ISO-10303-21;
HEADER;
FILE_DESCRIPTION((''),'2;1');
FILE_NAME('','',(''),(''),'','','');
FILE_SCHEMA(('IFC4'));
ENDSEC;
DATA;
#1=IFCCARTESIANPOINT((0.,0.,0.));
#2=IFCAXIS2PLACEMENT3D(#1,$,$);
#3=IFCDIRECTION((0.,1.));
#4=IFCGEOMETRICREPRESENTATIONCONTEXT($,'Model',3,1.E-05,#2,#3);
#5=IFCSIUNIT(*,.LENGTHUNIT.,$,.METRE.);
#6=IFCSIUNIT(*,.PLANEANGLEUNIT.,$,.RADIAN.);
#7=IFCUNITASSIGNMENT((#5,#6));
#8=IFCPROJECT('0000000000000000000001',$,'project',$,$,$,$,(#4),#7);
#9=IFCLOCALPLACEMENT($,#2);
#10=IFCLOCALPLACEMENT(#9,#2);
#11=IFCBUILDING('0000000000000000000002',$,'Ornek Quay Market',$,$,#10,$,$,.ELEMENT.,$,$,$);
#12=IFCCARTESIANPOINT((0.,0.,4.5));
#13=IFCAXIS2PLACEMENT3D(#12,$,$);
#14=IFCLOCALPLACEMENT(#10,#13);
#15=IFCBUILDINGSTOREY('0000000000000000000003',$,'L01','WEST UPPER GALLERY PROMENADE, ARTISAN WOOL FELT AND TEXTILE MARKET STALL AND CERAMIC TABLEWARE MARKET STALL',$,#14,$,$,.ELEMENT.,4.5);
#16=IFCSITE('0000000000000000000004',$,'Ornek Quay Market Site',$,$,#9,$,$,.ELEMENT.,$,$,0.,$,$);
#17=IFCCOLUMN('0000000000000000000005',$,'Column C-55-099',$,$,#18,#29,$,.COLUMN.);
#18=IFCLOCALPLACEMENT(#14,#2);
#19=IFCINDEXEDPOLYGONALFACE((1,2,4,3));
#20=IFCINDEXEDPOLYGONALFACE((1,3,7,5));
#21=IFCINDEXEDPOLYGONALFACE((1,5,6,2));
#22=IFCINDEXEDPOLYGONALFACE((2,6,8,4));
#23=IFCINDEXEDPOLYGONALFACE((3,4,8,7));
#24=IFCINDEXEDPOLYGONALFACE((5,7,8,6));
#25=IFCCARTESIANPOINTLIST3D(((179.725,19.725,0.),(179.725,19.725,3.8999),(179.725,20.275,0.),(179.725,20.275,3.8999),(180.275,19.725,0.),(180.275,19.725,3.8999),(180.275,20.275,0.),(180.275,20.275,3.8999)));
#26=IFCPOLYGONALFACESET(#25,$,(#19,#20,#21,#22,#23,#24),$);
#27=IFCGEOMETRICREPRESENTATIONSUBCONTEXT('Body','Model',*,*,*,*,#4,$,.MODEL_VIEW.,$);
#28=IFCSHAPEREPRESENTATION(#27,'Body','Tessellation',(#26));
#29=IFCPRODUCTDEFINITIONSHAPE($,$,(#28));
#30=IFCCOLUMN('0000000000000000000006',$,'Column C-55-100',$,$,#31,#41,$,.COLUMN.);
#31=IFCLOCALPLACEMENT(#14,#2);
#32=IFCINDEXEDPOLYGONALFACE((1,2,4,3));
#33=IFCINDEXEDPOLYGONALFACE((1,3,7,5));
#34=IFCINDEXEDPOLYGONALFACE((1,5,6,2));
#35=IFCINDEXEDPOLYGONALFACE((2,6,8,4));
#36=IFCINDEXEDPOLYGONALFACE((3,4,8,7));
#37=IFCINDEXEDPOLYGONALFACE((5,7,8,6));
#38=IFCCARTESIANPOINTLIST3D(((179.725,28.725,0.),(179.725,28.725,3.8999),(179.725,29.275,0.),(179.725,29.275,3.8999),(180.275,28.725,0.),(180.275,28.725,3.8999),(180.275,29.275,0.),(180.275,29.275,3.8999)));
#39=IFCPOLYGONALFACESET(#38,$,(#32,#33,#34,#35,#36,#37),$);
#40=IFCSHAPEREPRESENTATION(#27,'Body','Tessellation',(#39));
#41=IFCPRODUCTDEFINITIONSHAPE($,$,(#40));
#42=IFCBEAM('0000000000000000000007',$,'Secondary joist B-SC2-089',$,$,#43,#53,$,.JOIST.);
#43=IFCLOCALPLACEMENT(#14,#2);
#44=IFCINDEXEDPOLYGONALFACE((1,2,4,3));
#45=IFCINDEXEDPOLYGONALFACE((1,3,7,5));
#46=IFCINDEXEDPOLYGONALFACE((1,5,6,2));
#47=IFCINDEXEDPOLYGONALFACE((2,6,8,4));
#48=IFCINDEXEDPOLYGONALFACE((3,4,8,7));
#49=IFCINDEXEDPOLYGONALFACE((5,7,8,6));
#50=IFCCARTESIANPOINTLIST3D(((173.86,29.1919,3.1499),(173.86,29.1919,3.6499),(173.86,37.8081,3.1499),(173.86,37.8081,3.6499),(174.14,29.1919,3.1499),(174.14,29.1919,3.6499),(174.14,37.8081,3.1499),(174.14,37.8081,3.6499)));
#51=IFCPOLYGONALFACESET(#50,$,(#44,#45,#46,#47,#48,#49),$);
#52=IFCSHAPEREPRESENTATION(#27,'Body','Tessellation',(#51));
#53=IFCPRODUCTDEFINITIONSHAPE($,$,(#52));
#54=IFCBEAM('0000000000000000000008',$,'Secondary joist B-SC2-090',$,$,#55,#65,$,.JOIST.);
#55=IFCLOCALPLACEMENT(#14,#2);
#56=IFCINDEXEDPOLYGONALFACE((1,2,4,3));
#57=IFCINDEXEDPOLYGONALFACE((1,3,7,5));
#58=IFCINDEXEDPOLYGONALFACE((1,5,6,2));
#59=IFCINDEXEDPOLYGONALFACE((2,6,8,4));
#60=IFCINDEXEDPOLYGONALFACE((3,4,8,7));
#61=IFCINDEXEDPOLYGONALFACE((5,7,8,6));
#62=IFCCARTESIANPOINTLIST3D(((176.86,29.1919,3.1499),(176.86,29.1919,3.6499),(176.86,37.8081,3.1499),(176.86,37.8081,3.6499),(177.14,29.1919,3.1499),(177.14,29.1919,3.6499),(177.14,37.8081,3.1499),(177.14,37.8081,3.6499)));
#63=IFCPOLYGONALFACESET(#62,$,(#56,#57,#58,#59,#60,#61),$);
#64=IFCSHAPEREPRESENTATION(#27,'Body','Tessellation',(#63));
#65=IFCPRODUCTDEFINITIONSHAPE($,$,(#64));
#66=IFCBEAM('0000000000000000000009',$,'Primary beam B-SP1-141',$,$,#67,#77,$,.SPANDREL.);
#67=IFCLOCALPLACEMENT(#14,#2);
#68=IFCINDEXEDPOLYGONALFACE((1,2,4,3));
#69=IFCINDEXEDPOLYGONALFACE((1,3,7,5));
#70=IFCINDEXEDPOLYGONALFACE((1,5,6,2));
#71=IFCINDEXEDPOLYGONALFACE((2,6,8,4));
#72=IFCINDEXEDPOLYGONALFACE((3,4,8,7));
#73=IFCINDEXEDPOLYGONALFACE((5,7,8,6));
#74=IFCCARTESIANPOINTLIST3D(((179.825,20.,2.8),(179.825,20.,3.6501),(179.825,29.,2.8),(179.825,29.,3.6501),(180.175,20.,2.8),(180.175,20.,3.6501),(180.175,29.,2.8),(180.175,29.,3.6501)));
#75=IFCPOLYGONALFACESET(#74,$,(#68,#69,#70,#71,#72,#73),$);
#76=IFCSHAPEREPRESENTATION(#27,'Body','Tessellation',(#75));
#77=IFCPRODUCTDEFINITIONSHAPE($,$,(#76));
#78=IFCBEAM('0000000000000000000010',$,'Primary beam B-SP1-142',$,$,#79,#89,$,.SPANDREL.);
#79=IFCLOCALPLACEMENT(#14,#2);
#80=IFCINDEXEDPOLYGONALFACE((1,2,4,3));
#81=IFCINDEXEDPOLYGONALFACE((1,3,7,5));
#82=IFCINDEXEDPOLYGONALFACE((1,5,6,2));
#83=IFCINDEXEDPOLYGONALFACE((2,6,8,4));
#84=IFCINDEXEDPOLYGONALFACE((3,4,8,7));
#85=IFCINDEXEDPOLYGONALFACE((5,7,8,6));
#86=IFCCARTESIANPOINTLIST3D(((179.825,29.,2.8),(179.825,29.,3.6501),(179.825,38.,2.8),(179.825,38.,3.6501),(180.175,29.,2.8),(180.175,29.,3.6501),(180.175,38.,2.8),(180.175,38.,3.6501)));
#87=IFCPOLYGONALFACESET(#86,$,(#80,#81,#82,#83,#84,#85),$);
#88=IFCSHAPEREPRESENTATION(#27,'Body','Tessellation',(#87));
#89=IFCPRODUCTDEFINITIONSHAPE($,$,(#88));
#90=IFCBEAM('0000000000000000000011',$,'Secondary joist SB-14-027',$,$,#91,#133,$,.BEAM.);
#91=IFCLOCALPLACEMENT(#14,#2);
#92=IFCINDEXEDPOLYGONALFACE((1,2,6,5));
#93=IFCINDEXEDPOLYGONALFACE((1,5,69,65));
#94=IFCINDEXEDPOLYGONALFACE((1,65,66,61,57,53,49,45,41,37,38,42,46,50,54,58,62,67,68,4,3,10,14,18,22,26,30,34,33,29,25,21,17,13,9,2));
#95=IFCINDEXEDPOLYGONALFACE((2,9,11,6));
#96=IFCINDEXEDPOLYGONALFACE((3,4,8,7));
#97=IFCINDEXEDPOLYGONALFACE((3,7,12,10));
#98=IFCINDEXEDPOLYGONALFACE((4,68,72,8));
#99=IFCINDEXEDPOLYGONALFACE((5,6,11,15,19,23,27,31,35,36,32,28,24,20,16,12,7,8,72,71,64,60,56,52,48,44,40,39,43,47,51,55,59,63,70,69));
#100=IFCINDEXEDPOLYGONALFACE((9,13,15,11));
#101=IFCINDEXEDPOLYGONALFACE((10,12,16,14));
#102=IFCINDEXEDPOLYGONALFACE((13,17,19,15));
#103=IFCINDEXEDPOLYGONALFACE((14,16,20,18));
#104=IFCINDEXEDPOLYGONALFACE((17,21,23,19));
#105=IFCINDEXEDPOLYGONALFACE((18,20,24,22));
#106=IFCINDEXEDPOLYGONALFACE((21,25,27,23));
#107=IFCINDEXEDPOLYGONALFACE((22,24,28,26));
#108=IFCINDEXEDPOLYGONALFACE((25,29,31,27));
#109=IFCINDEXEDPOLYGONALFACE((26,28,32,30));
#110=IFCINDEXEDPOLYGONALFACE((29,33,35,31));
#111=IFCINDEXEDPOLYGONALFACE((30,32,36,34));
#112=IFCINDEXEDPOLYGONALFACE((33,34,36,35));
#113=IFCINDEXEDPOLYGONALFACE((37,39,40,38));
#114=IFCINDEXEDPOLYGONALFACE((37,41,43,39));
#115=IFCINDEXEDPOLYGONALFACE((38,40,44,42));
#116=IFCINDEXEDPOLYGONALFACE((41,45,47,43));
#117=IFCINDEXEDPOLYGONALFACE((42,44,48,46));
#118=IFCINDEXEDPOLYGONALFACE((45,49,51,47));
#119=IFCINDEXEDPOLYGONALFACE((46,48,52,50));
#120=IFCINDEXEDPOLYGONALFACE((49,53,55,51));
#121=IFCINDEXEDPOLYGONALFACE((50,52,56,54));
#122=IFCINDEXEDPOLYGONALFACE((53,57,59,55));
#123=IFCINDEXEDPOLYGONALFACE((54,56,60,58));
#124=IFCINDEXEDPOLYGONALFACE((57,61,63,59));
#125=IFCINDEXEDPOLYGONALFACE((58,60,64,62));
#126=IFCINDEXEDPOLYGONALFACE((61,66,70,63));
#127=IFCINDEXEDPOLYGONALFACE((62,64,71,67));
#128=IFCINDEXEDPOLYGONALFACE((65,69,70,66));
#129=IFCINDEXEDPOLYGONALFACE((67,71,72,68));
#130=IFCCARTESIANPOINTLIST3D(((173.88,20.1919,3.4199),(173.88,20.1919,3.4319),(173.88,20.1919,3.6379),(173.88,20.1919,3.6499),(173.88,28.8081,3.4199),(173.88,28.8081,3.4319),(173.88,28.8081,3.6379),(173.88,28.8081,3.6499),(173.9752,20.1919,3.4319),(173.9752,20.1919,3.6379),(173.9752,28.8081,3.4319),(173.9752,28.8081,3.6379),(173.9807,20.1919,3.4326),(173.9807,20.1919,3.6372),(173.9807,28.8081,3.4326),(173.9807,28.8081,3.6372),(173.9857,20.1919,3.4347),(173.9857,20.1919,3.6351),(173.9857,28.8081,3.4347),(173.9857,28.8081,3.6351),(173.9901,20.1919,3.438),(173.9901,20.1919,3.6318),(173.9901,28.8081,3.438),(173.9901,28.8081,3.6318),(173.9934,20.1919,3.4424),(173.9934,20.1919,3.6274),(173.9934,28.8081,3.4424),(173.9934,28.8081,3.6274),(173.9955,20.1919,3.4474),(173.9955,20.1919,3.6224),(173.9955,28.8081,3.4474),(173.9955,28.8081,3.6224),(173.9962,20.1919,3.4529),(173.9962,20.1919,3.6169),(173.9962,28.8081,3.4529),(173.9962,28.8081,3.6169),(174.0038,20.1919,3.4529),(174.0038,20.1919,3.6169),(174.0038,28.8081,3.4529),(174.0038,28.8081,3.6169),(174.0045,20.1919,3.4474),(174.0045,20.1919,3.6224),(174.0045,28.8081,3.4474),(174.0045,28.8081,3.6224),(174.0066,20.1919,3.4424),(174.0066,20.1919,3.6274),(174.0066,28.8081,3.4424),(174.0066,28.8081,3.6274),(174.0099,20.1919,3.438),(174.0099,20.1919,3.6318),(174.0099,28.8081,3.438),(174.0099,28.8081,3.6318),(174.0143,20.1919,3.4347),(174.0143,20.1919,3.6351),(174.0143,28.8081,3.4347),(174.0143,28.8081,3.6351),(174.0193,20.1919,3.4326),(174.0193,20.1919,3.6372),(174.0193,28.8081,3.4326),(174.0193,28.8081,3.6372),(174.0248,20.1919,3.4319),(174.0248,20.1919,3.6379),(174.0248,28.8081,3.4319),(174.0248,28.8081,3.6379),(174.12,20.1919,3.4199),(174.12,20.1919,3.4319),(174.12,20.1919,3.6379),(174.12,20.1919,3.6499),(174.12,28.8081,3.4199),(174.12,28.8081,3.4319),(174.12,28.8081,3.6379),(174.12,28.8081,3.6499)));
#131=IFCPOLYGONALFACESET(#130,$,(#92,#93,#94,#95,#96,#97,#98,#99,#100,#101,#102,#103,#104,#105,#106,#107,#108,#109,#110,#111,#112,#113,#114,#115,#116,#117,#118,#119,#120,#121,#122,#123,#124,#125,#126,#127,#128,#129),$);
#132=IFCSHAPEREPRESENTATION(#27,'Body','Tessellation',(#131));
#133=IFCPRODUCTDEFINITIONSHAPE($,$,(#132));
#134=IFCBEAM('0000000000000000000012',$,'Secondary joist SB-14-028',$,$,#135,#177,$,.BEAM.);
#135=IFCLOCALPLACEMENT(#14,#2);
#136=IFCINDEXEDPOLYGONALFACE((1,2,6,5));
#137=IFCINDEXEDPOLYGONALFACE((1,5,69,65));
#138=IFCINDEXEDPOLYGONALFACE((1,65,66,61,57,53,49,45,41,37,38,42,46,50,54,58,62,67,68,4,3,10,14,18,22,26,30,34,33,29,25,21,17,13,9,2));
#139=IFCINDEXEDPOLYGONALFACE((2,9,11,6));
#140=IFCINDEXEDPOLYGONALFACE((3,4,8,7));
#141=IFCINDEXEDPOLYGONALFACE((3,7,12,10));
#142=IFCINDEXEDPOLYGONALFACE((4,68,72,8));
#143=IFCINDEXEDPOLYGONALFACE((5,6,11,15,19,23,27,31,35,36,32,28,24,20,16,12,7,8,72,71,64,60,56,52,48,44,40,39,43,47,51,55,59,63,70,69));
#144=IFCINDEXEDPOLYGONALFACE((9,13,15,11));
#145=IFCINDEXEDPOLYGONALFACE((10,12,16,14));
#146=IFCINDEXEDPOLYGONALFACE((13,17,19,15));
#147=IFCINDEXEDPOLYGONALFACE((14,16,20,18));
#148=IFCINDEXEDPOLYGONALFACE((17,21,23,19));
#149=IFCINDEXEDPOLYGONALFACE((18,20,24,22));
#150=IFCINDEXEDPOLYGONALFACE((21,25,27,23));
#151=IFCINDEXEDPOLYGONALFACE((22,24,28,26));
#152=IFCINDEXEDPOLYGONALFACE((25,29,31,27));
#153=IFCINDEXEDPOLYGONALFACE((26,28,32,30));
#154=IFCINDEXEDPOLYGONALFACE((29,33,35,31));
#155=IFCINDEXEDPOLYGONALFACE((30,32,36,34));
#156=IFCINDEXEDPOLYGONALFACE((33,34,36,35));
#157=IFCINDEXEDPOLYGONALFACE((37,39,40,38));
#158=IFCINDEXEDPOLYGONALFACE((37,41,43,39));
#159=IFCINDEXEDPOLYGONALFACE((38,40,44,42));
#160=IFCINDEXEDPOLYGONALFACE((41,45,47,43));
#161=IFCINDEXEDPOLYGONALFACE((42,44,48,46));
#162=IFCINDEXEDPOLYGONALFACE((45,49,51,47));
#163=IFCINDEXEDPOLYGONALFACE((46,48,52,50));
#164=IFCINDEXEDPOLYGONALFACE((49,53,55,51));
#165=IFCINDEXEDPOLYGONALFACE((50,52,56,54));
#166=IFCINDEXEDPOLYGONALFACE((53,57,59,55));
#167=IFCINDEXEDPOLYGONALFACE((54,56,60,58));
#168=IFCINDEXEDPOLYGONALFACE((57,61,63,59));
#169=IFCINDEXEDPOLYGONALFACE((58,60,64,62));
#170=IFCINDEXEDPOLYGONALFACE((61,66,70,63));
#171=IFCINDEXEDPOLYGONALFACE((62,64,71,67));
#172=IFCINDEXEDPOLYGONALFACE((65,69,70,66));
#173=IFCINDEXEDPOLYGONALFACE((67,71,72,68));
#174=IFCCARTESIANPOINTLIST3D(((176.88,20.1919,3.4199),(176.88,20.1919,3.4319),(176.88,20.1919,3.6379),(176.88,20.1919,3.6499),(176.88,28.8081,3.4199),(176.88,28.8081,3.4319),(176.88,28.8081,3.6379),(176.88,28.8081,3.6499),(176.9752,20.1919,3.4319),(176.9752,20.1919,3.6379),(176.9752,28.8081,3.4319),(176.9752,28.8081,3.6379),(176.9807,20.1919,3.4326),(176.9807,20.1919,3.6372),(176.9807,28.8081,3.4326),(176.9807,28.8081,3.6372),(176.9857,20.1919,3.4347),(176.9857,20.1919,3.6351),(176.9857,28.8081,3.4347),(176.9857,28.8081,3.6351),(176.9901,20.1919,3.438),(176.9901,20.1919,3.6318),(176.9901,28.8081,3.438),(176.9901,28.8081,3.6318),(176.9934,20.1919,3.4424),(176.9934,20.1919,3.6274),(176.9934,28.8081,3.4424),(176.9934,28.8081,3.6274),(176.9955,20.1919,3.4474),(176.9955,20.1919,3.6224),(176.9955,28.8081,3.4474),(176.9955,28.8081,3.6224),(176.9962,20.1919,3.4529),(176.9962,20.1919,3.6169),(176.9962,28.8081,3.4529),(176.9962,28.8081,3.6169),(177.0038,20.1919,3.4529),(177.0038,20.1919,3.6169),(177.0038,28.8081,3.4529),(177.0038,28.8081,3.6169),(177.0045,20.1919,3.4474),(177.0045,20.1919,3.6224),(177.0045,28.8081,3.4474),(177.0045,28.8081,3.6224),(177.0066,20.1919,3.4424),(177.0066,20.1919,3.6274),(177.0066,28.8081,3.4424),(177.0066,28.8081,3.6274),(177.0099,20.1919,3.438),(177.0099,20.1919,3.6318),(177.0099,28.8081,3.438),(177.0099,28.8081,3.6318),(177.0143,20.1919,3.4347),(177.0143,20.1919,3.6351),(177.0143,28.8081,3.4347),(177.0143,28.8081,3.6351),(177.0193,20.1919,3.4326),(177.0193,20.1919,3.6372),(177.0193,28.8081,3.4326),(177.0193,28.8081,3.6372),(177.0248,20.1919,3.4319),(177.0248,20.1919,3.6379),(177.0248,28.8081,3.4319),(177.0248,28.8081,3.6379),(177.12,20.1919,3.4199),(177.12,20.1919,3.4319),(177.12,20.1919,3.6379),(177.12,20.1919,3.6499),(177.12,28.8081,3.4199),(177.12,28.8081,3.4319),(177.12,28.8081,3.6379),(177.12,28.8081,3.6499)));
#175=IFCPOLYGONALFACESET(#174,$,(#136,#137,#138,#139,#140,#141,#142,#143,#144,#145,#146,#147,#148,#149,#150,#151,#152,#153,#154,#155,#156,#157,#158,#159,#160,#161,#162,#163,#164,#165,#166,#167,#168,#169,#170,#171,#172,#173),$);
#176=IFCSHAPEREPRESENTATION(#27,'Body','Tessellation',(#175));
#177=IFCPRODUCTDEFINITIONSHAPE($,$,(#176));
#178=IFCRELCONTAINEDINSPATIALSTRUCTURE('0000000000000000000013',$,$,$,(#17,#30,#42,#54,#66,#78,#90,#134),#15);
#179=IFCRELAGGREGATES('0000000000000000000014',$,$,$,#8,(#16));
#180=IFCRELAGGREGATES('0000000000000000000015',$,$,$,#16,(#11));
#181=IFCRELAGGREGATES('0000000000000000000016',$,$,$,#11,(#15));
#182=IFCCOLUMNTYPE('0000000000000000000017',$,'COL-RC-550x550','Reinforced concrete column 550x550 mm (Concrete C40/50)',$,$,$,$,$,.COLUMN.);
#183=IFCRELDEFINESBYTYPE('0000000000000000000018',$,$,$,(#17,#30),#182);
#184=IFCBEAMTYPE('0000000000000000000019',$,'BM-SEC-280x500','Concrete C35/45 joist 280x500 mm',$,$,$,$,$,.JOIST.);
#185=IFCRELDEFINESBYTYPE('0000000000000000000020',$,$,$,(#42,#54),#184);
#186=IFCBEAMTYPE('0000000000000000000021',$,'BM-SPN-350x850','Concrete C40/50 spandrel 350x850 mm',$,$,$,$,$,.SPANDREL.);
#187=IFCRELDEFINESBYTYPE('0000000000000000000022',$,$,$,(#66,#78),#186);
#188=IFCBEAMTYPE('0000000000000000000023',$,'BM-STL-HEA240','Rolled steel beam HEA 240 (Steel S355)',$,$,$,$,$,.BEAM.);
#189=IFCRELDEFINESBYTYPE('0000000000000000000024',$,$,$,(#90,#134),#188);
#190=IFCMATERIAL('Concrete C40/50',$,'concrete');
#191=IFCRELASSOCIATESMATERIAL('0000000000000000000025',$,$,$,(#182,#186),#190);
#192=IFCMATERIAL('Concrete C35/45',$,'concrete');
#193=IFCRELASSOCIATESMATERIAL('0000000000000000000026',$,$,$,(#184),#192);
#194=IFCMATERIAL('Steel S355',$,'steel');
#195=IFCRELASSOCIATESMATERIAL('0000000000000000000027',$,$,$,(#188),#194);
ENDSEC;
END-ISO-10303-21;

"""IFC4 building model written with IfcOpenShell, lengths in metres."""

from ifc_helpers import new_model, si_unit, direction, frame, origin, origin_2d, place, context, subcontext, project, spatial, rectangle, i_section, extrude, material, material_profile, profile_set, type_object, element, save


model = new_model("IFC4")

# Units and contexts
model_context = context("Model", 3, precision=1e-05, world=origin(), true_north=direction((0.0, 1.0)))
body_context = subcontext(model_context, "Body", "Model", "MODEL_VIEW")
ifc_project = project(units=[si_unit("LENGTHUNIT", "METRE"), si_unit("PLANEANGLEUNIT", "RADIAN")], contexts=[model_context])

# Site, building, storey
site_placement = place(None, origin())
site = spatial("IfcSite", under=ifc_project, at=site_placement, Name="Ornek Quay Market Site", CompositionType="ELEMENT", RefElevation=0.0)
building_placement = place(site_placement, origin())
building = spatial("IfcBuilding", under=site, at=building_placement, Name="Ornek Quay Market", CompositionType="ELEMENT")
storey_placement = place(building_placement, frame((0.0, 0.0, 4.5)))
storey = spatial("IfcBuildingStorey", under=building, at=storey_placement, Name="L01", Description="WEST UPPER GALLERY PROMENADE, ARTISAN WOOL FELT AND TEXTILE MARKET STALL AND CERAMIC TABLEWARE MARKET STALL", CompositionType="ELEMENT", Elevation=4.5)

# Columns
ifc_material_1 = material(Name="Concrete C40/50", Category="concrete")
ifc_material_profile_1 = material_profile(ifc_material_1, rectangle(XDim=0.55, YDim=0.55, at=origin_2d()), Name="RC 550x550", Category="concrete")
ifc_profile_set_1 = profile_set([ifc_material_profile_1], Name="Concrete C40/50")
column_type = type_object("IfcColumnType", Name="COL-RC-550x550", Description="Reinforced concrete column 550x550 mm (Concrete C40/50)", PredefinedType="COLUMN", material=ifc_profile_set_1)
for number, where, z_axis, x_axis, name in (
    (1, (180.0, 20.0, 0.0), (0.0, 0.0, 1.0), (1.0, 0.0, 0.0), "Column C-55-099"),
    (2, (180.0, 29.0, 0.0), (0.0, 0.0, 1.0), (1.0, 0.0, 0.0), "Column C-55-100"),
):
    element("IfcColumn", number, at=place(storey_placement, frame(where, z_axis=z_axis, x_axis=x_axis)), inside=storey, type_object=column_type, Name=name, PredefinedType="COLUMN", context=body_context, shape_type="SweptSolid", body=[
        extrude(rectangle(XDim=0.55, YDim=0.55, at=origin_2d()), origin(), (0.0, 0.0, 1.0), 3.8999),
    ])

# Beams
ifc_material_2 = material(Name="Concrete C35/45", Category="concrete")
ifc_material_profile_2 = material_profile(ifc_material_2, rectangle(XDim=0.28, YDim=0.5, at=origin_2d()), Name="RC 280x500", Category="concrete")
ifc_profile_set_2 = profile_set([ifc_material_profile_2], Name="Concrete C35/45")
beam_type_1 = type_object("IfcBeamType", Name="BM-SEC-280x500", Description="Concrete C35/45 joist 280x500 mm", PredefinedType="JOIST", material=ifc_profile_set_2)
for number, where, z_axis, x_axis, name in (
    (3, (174.0, 29.1919, 3.3999), (0.0, 1.0, 0.0), (-1.0, 0.0, 0.0), "Secondary joist B-SC2-089"),
    (4, (177.0, 29.1919, 3.3999), (0.0, 1.0, 0.0), (-1.0, 0.0, 0.0), "Secondary joist B-SC2-090"),
):
    element("IfcBeam", number, at=place(storey_placement, frame(where, z_axis=z_axis, x_axis=x_axis)), inside=storey, type_object=beam_type_1, Name=name, PredefinedType="JOIST", context=body_context, shape_type="SweptSolid", body=[
        extrude(rectangle(XDim=0.28, YDim=0.5, at=origin_2d()), origin(), (0.0, 0.0, 1.0), 8.6162),
    ])
ifc_material_profile_3 = material_profile(ifc_material_1, rectangle(XDim=0.3501, YDim=0.8501, at=origin_2d()), Name="RC 350x850", Category="concrete")
ifc_profile_set_3 = profile_set([ifc_material_profile_3], Name="Concrete C40/50")
beam_type_2 = type_object("IfcBeamType", Name="BM-SPN-350x850", Description="Concrete C40/50 spandrel 350x850 mm", PredefinedType="SPANDREL", material=ifc_profile_set_3)
for number, where, z_axis, x_axis, name in (
    (5, (180.0, 20.0, 3.2251), (0.0, 1.0, 0.0), (-1.0, 0.0, 0.0), "Primary beam B-SP1-141"),
    (6, (180.0, 29.0, 3.2251), (0.0, 1.0, 0.0), (-1.0, 0.0, 0.0), "Primary beam B-SP1-142"),
):
    element("IfcBeam", number, at=place(storey_placement, frame(where, z_axis=z_axis, x_axis=x_axis)), inside=storey, type_object=beam_type_2, Name=name, PredefinedType="SPANDREL", context=body_context, shape_type="SweptSolid", body=[
        extrude(rectangle(XDim=0.3501, YDim=0.8501, at=origin_2d()), origin(), (0.0, 0.0, 1.0), 9.0),
    ])
ifc_material_3 = material(Name="Steel S355", Category="steel")
ifc_material_profile_4 = material_profile(ifc_material_3, i_section(OverallWidth=0.24, OverallDepth=0.23, WebThickness=0.0076, FlangeThickness=0.012, FilletRadius=0.021, at=origin_2d()), Name="HEA 240", Category="steel")
ifc_profile_set_4 = profile_set([ifc_material_profile_4], Name="Steel S355")
beam_type_3 = type_object("IfcBeamType", Name="BM-STL-HEA240", Description="Rolled steel beam HEA 240 (Steel S355)", PredefinedType="BEAM", material=ifc_profile_set_4)
for number, where, z_axis, x_axis, name in (
    (7, (174.0, 20.1919, 3.5349), (0.0, 1.0, 0.0), (-1.0, 0.0, 0.0), "Secondary joist SB-14-027"),
    (8, (177.0, 20.1919, 3.5349), (0.0, 1.0, 0.0), (-1.0, 0.0, 0.0), "Secondary joist SB-14-028"),
):
    element("IfcBeam", number, at=place(storey_placement, frame(where, z_axis=z_axis, x_axis=x_axis)), inside=storey, type_object=beam_type_3, Name=name, PredefinedType="BEAM", context=body_context, shape_type="SweptSolid", body=[
        extrude(i_section(OverallWidth=0.24, OverallDepth=0.23, WebThickness=0.0076, FlangeThickness=0.012, FilletRadius=0.021, at=origin_2d()), origin(), (0.0, 0.0, 1.0), 8.6162),
    ])

save(model, "model.ifc")
